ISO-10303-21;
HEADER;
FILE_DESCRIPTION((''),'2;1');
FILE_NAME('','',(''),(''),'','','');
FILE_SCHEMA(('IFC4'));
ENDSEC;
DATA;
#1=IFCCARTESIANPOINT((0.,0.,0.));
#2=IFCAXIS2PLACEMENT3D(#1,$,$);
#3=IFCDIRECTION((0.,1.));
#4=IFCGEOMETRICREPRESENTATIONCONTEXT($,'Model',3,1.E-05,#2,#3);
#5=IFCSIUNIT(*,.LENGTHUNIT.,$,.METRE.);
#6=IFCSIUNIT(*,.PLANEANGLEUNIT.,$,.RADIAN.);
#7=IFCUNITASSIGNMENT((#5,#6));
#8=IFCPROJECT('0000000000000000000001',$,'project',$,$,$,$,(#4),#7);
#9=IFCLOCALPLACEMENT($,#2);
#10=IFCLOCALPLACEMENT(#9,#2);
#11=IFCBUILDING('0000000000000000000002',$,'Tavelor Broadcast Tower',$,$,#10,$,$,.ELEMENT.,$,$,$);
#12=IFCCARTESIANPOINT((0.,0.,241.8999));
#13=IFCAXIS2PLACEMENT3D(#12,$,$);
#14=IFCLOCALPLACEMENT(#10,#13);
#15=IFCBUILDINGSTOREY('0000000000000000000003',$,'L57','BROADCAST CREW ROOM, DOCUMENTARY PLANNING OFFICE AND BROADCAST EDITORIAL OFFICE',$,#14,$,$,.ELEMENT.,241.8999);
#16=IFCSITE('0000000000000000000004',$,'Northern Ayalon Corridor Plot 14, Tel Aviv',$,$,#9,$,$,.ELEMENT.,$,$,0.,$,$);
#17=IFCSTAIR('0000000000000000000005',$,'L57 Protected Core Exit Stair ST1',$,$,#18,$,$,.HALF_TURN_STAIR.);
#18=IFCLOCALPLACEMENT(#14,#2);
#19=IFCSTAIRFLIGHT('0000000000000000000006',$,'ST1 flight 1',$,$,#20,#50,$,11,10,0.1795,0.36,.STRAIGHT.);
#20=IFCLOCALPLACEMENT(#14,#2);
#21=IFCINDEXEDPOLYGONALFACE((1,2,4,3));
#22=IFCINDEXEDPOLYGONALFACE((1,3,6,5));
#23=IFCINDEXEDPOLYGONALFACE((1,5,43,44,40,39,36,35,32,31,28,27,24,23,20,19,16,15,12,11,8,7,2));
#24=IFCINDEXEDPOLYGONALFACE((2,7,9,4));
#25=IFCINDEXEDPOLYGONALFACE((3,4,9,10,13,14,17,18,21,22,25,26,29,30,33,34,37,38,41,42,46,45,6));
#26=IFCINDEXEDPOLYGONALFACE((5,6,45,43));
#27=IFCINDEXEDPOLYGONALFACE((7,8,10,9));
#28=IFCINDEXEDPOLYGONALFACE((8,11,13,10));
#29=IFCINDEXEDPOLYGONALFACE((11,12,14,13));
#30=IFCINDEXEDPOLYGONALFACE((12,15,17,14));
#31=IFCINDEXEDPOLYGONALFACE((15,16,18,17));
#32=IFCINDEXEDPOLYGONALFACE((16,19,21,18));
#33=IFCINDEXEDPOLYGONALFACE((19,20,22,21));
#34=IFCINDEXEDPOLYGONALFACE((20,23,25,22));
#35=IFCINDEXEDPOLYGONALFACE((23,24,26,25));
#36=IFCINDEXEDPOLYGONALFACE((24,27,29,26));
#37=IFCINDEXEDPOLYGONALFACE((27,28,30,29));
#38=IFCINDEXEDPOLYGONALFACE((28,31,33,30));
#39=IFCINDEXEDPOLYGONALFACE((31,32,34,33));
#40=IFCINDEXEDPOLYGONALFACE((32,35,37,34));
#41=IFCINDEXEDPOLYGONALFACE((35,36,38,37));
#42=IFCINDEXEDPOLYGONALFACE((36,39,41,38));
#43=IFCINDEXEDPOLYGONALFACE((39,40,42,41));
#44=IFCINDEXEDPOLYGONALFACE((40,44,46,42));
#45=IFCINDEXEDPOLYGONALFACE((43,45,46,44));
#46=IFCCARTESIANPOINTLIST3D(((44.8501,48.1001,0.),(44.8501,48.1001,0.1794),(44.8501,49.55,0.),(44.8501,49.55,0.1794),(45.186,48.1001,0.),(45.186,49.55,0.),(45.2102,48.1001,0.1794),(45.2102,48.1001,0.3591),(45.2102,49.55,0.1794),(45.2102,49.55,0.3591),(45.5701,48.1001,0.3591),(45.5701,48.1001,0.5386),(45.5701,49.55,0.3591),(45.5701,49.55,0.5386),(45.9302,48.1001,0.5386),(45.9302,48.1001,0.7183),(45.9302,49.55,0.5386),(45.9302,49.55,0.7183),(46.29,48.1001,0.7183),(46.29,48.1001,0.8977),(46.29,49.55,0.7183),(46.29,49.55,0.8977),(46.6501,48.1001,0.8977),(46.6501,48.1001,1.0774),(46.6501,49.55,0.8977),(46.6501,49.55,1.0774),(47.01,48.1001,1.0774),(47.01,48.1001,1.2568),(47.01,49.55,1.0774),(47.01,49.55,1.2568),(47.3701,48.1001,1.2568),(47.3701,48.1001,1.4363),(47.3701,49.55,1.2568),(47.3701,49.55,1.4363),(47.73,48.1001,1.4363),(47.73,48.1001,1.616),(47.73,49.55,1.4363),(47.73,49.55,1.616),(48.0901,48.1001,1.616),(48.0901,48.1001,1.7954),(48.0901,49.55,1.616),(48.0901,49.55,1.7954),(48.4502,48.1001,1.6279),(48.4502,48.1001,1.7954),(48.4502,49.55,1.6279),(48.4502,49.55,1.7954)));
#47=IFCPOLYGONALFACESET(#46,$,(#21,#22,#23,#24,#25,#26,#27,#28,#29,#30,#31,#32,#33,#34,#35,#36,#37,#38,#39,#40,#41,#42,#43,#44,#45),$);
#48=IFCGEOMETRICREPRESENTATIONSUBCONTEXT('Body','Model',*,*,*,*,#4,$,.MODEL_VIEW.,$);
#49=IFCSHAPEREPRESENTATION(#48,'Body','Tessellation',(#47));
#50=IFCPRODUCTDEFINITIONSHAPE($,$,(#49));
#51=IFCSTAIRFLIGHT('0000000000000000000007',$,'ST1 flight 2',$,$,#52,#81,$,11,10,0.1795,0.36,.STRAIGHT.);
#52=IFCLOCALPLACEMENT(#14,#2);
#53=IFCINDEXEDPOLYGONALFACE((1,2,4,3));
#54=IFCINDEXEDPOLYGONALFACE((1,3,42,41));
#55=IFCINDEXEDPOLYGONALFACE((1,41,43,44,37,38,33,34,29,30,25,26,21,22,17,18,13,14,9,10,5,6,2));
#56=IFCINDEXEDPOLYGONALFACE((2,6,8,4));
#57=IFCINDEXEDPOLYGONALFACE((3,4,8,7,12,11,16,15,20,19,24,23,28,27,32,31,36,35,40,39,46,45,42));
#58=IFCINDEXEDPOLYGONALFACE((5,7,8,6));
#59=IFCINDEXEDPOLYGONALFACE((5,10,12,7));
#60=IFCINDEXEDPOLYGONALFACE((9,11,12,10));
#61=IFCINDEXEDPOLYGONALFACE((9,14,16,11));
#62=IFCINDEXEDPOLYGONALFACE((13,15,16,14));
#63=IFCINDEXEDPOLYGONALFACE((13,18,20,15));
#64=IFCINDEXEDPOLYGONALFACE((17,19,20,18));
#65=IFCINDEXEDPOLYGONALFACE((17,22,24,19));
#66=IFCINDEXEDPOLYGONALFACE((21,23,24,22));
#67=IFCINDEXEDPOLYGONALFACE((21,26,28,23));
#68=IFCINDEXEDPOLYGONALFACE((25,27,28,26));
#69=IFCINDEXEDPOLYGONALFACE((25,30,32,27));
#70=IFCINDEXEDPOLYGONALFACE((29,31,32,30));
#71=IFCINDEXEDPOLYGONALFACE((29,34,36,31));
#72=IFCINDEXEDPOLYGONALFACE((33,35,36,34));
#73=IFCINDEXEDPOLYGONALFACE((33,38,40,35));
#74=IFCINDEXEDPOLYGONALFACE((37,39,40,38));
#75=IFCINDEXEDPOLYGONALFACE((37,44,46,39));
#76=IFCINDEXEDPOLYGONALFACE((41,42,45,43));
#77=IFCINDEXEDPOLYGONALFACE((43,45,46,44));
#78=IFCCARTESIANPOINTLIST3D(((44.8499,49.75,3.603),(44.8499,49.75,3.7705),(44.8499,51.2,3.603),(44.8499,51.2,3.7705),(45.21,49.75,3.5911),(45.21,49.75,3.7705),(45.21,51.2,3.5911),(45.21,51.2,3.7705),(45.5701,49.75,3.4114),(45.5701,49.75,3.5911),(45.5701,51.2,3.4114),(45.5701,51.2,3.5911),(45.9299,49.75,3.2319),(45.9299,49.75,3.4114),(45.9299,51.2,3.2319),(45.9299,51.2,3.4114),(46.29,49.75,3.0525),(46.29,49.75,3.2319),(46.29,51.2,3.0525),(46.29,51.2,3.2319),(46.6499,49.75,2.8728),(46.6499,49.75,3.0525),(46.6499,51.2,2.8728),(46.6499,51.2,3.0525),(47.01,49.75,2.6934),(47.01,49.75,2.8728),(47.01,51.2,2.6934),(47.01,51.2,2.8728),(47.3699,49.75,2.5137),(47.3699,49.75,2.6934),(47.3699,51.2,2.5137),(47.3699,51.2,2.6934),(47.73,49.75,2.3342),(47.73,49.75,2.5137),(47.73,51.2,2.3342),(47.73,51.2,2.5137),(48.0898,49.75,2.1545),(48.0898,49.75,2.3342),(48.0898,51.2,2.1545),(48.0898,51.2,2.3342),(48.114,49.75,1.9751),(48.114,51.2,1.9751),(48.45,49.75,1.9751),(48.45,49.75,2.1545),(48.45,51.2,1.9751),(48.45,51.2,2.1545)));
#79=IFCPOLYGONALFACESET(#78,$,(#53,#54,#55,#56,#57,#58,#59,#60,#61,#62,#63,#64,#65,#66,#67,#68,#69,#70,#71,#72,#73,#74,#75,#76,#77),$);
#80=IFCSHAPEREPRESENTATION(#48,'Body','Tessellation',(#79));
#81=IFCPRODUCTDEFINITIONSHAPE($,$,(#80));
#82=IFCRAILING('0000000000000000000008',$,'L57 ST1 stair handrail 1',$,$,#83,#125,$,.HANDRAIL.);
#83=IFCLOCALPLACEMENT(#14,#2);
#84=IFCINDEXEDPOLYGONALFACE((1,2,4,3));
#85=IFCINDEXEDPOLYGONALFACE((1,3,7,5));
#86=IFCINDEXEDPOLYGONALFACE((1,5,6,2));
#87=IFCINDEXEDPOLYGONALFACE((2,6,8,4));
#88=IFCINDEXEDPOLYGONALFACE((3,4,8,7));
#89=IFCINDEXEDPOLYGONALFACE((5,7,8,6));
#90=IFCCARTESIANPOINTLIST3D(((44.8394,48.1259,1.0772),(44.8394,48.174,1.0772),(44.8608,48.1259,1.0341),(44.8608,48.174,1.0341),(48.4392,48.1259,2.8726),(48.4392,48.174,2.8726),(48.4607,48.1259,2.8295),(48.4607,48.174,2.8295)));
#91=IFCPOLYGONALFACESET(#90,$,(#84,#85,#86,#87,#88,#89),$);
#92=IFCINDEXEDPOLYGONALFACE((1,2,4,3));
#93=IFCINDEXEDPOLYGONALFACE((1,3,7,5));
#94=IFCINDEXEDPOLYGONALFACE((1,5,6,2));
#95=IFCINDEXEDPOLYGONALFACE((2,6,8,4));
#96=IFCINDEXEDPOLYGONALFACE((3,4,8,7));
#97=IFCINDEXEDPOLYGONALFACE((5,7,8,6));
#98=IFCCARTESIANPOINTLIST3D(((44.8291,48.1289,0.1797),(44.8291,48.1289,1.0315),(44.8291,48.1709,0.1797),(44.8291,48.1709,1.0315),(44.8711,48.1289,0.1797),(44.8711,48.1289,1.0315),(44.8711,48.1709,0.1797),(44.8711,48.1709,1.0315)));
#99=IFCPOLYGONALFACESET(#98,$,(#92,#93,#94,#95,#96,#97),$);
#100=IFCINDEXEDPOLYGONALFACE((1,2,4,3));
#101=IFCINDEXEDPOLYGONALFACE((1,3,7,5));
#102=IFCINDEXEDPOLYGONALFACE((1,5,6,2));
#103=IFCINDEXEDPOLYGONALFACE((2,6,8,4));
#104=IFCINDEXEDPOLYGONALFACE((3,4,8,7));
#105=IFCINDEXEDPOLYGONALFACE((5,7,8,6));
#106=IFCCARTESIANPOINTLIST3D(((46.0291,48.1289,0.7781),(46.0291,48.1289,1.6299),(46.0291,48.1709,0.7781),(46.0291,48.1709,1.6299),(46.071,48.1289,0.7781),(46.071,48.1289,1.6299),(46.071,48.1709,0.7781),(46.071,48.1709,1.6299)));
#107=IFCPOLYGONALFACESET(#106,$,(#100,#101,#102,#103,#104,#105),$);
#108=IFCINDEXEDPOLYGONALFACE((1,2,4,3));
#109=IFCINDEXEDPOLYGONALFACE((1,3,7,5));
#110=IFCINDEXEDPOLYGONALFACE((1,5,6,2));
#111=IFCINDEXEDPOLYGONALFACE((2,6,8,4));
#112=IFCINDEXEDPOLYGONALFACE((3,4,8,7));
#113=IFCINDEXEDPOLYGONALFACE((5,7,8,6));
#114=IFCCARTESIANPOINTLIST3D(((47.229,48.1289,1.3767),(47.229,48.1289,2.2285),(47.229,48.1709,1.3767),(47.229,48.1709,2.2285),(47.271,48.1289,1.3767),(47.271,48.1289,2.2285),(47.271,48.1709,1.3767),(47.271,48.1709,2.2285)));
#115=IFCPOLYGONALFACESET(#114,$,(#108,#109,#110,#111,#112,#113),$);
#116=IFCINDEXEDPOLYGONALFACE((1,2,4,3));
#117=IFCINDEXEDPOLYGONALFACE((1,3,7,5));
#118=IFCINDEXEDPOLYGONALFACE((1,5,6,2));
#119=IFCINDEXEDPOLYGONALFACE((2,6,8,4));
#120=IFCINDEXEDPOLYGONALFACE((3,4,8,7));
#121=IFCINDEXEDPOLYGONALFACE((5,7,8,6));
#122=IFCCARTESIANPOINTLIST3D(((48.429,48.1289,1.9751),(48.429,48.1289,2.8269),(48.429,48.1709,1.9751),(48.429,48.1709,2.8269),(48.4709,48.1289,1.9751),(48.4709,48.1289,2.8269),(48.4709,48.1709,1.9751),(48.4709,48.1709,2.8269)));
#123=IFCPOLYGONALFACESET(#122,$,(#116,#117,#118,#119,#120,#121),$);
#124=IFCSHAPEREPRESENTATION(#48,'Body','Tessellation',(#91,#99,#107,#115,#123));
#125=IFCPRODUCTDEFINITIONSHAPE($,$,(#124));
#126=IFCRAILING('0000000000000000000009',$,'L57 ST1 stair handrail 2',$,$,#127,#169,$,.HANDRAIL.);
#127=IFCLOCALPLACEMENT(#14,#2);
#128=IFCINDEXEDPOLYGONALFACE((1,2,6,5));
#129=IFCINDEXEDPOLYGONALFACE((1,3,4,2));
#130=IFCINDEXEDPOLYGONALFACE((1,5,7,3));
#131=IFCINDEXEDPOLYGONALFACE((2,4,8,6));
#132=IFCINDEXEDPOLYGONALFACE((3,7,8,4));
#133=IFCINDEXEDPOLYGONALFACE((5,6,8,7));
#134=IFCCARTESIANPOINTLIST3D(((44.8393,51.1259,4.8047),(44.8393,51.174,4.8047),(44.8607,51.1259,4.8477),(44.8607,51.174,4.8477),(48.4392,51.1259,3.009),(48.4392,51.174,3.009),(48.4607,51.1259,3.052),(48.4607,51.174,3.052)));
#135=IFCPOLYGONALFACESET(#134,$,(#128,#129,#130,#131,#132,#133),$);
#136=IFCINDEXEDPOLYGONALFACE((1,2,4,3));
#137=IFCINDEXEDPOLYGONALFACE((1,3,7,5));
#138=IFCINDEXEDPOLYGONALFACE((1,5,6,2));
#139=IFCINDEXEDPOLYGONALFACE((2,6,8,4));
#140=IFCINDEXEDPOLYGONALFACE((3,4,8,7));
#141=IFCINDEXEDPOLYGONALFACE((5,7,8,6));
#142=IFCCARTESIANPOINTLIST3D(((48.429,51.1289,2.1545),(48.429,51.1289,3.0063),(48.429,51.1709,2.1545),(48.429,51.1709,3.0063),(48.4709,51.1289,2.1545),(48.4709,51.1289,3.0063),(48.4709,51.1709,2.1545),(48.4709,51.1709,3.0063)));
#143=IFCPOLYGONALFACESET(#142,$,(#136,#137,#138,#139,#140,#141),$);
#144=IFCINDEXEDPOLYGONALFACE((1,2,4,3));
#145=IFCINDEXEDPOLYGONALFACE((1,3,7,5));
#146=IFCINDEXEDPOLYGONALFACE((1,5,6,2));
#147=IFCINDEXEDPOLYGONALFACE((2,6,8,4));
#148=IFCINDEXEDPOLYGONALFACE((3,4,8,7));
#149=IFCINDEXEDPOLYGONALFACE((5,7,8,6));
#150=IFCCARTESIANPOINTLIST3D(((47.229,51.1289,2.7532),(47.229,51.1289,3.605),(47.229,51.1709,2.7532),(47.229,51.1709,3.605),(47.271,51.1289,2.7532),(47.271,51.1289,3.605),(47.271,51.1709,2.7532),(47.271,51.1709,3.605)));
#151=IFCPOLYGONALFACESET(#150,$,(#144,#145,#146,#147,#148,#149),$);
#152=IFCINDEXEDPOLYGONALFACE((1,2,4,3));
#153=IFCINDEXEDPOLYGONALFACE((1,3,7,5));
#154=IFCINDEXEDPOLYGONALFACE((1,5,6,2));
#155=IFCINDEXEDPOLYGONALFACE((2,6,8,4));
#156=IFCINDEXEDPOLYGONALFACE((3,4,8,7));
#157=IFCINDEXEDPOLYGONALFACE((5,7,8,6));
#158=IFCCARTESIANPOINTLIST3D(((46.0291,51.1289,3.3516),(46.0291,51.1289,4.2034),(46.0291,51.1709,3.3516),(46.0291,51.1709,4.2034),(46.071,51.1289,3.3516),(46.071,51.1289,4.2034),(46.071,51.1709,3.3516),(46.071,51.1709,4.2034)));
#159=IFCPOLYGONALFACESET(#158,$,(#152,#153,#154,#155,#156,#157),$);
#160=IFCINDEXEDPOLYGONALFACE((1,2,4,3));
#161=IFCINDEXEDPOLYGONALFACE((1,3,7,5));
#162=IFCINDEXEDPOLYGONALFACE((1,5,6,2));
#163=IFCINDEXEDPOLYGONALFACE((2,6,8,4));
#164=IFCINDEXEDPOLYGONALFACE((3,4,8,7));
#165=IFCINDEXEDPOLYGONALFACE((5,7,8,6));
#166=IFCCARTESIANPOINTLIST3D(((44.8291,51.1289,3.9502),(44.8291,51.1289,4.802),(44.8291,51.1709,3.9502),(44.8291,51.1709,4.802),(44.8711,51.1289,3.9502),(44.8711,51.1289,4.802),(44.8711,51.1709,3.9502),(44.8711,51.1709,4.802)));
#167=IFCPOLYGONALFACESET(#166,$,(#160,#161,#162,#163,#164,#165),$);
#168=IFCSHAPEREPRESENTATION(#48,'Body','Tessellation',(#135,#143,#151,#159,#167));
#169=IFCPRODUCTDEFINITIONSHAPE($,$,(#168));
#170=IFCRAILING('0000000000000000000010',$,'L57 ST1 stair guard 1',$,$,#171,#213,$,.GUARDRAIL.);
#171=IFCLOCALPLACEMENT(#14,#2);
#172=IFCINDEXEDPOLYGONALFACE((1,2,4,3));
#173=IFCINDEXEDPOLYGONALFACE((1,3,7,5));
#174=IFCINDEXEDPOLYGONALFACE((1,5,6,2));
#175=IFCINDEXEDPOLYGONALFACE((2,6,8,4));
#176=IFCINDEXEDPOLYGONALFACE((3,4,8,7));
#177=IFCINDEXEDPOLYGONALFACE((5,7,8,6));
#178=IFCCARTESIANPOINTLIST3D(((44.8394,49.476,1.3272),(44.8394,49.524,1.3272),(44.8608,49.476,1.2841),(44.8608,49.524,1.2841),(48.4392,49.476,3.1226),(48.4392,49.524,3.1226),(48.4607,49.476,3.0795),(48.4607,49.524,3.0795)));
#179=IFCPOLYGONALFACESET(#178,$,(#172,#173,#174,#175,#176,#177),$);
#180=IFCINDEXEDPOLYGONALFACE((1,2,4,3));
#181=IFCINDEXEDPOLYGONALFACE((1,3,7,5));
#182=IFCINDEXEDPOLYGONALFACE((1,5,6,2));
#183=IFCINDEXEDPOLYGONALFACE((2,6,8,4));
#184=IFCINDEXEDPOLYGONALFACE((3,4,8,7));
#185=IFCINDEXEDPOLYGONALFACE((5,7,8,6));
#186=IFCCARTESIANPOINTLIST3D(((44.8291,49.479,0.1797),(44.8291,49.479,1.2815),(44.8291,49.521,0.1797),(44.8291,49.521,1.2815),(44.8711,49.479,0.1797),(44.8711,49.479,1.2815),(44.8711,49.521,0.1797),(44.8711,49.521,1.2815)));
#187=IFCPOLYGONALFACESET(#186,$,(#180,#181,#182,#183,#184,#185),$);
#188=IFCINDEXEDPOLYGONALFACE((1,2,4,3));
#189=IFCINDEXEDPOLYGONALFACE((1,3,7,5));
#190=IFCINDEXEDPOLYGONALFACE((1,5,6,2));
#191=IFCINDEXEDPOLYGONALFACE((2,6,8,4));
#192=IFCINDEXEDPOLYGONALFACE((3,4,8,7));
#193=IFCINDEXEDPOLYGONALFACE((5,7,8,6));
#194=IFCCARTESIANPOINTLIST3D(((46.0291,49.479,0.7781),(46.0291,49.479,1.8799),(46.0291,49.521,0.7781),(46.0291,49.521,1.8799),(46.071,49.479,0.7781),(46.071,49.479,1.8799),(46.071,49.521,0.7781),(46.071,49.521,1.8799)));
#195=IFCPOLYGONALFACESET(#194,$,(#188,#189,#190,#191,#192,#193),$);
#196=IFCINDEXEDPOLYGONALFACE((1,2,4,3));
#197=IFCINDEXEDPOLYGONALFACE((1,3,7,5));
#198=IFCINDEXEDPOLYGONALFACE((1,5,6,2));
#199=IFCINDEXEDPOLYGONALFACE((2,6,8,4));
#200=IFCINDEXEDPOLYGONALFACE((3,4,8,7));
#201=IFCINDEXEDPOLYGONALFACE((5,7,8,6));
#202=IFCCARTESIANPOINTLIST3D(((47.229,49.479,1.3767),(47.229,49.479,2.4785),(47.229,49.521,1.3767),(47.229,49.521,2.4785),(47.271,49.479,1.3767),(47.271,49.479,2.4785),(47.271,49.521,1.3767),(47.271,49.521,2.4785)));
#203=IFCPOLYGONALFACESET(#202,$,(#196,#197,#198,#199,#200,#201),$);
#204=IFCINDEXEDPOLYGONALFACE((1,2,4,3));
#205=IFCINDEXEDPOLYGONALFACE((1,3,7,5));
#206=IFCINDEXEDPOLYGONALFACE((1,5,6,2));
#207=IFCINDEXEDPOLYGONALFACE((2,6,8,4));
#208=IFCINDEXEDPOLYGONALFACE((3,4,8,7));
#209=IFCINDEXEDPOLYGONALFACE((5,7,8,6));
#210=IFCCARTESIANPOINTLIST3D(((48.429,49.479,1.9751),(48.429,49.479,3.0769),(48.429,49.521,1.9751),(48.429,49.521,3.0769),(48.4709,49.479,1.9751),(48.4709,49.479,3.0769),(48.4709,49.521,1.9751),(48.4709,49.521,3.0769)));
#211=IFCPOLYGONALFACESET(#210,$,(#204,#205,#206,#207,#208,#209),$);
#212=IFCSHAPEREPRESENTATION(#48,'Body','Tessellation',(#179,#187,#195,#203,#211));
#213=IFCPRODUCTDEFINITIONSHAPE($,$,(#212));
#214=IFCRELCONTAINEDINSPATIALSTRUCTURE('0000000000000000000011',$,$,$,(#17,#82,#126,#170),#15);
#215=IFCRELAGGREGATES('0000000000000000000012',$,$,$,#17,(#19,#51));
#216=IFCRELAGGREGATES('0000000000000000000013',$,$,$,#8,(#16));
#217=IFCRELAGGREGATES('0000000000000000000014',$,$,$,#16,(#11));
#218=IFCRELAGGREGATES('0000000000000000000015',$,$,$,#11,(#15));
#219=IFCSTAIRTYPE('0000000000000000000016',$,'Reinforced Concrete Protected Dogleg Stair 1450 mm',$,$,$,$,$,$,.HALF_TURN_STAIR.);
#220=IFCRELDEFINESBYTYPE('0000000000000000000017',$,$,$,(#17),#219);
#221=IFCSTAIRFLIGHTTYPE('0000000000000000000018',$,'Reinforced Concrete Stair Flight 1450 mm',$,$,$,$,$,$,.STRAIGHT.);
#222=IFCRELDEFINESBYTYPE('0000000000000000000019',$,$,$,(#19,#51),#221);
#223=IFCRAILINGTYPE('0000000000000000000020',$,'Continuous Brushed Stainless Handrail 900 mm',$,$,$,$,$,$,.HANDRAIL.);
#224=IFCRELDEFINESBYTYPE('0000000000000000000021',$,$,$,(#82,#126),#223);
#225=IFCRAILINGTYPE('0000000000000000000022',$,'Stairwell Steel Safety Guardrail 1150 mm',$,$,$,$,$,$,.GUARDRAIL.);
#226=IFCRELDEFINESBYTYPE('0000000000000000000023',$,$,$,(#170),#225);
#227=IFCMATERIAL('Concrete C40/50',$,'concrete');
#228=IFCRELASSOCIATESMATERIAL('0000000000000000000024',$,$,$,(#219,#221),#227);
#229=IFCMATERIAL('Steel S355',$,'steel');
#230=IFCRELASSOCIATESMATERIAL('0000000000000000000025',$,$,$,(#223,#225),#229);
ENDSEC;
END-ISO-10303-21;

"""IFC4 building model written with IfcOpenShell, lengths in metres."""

from ifc_helpers import new_model, si_unit, direction, frame, origin, origin_2d, place, context, subcontext, project, spatial, polyline, rectangle, outline, extrude, material, type_object, element, aggregate, save


model = new_model("IFC4")

# Units and contexts
model_context = context("Model", 3, precision=1e-05, world=origin(), true_north=direction((0.0, 1.0)))
body_context = subcontext(model_context, "Body", "Model", "MODEL_VIEW")
ifc_project = project(units=[si_unit("LENGTHUNIT", "METRE"), si_unit("PLANEANGLEUNIT", "RADIAN")], contexts=[model_context])

# Site, building, storey
site_placement = place(None, origin())
site = spatial("IfcSite", under=ifc_project, at=site_placement, Name="Northern Ayalon Corridor Plot 14, Tel Aviv", CompositionType="ELEMENT", RefElevation=0.0)
building_placement = place(site_placement, origin())
building = spatial("IfcBuilding", under=site, at=building_placement, Name="Tavelor Broadcast Tower", CompositionType="ELEMENT")
storey_placement = place(building_placement, frame((0.0, 0.0, 241.8999)))
storey = spatial("IfcBuildingStorey", under=building, at=storey_placement, Name="L57", Description="BROADCAST CREW ROOM, DOCUMENTARY PLANNING OFFICE AND BROADCAST EDITORIAL OFFICE", CompositionType="ELEMENT", Elevation=241.8999)

# Shared definitions
ifc_material_1 = material(Name="Steel S355", Category="steel")

# Shared definitions
ifc_material_2 = material(Name="Concrete C40/50", Category="concrete")

# Stair, stair flights
stair_type = type_object("IfcStairType", Name="Reinforced Concrete Protected Dogleg Stair 1450 mm", PredefinedType="HALF_TURN_STAIR", material=ifc_material_2)
stair_placement = place(storey_placement, origin())
stair = element("IfcStair", 1, at=stair_placement, inside=storey, type_object=stair_type, Name="L57 Protected Core Exit Stair ST1", PredefinedType="HALF_TURN_STAIR")
stair_flight_type = type_object("IfcStairFlightType", Name="Reinforced Concrete Stair Flight 1450 mm", PredefinedType="STRAIGHT", material=ifc_material_2)
stair_flight_1_placement = place(storey_placement, frame((44.8501, 48.825, 0.0), z_axis=(0.0, 0.0, 1.0), x_axis=(1.0, 0.0, 0.0)))
stair_flight_1 = element("IfcStairFlight", 2, at=stair_flight_1_placement, type_object=stair_flight_type, Name="ST1 flight 1", NumberOfRisers=11, NumberOfTreads=10, PredefinedType="STRAIGHT", RiserHeight=0.1795, TreadLength=0.36, context=body_context, shape_type="SweptSolid", body=[
    extrude(outline(polyline([(0.0, 0.0), (0.0, 0.1794), (0.3601, 0.1794), (0.3601, 0.3591), (0.72, 0.3591), (0.72, 0.5386), (1.0801, 0.5386), (1.0801, 0.7183), (1.4399, 0.7183), (1.4399, 0.8977), (1.8, 0.8977), (1.8, 1.0774), (2.1599, 1.0774), (2.1599, 1.2568), (2.52, 1.2568), (2.52, 1.4363), (2.8799, 1.4363), (2.8799, 1.616), (3.24, 1.616), (3.24, 1.7954), (3.6001, 1.7954), (3.6001, 1.9751), (3.6001, 1.6279), (0.3359, 0.0), (0.0, 0.0)])), frame((0.0, 0.7251, 0.0), z_axis=(0.0, -1.0, 0.0), x_axis=(1.0, 0.0, 0.0)), (0.0, 0.0, 1.0), 1.45),
])
stair_flight_2_placement = place(storey_placement, frame((48.45, 50.4751, 1.9751), z_axis=(0.0, 0.0, 1.0), x_axis=(-1.0, 0.0, 0.0)))
stair_flight_2 = element("IfcStairFlight", 3, at=stair_flight_2_placement, type_object=stair_flight_type, Name="ST1 flight 2", NumberOfRisers=11, NumberOfTreads=10, PredefinedType="STRAIGHT", RiserHeight=0.1795, TreadLength=0.36, context=body_context, shape_type="SweptSolid", body=[
    extrude(outline(polyline([(0.0, 0.0), (0.0, 0.1794), (0.3601, 0.1794), (0.3601, 0.3591), (0.72, 0.3591), (0.72, 0.5386), (1.0801, 0.5386), (1.0801, 0.7183), (1.4399, 0.7183), (1.4399, 0.8977), (1.8, 0.8977), (1.8, 1.0774), (2.1599, 1.0774), (2.1599, 1.2568), (2.52, 1.2568), (2.52, 1.4363), (2.8799, 1.4363), (2.8799, 1.616), (3.24, 1.616), (3.24, 1.7954), (3.6001, 1.7954), (3.6001, 1.9751), (3.6001, 1.6279), (0.3359, 0.0), (0.0, 0.0)])), frame((0.0, 0.7251, 0.0), z_axis=(0.0, -1.0, 0.0), x_axis=(1.0, 0.0, 0.0)), (0.0, 0.0, 1.0), 1.45),
])
aggregate(stair, [stair_flight_1, stair_flight_2])

# Railings
railing_type_1 = type_object("IfcRailingType", Name="Continuous Brushed Stainless Handrail 900 mm", PredefinedType="HANDRAIL", material=ifc_material_1)
railing_1_placement = place(storey_placement, frame((44.8501, 48.1499, 0.1797)))
element("IfcRailing", 4, at=railing_1_placement, inside=storey, type_object=railing_type_1, Name="L57 ST1 stair handrail 1", PredefinedType="HANDRAIL", context=body_context, shape_type="SweptSolid", body=[
    extrude(rectangle(XDim=0.0481, YDim=0.0481, at=origin_2d()), frame((0.0, 0.0, 0.876), z_axis=(0.894876, 0.0, 0.446315), x_axis=(0.0, 1.0, 0.0)), (0.0, 0.0, 1.0), 4.0227),
    extrude(rectangle(XDim=0.042, YDim=0.042, at=origin_2d()), origin(), (0.0, 0.0, 1.0), 0.8518),
    extrude(rectangle(XDim=0.042, YDim=0.042, at=origin_2d()), frame((1.2, 0.0, 0.5984)), (0.0, 0.0, 1.0), 0.8518),
    extrude(rectangle(XDim=0.042, YDim=0.042, at=origin_2d()), frame((2.3999, 0.0, 1.197)), (0.0, 0.0, 1.0), 0.8518),
    extrude(rectangle(XDim=0.042, YDim=0.042, at=origin_2d()), frame((3.5999, 0.0, 1.7954)), (0.0, 0.0, 1.0), 0.8518),
])
railing_2_placement = place(storey_placement, frame((48.45, 51.1499, 2.1545)))
element("IfcRailing", 5, at=railing_2_placement, inside=storey, type_object=railing_type_1, Name="L57 ST1 stair handrail 2", PredefinedType="HANDRAIL", context=body_context, shape_type="SweptSolid", body=[
    extrude(rectangle(XDim=0.0481, YDim=0.0481, at=origin_2d()), frame((0.0, 0.0, 0.876), z_axis=(-0.894852, 0.0, 0.446364), x_axis=(0.0, -1.0, 0.0)), (0.0, 0.0, 1.0), 4.0229),
    extrude(rectangle(XDim=0.042, YDim=0.042, at=origin_2d()), origin(), (0.0, 0.0, 1.0), 0.8518),
    extrude(rectangle(XDim=0.042, YDim=0.042, at=origin_2d()), frame((-1.2, 0.0, 0.5986)), (0.0, 0.0, 1.0), 0.8518),
    extrude(rectangle(XDim=0.042, YDim=0.042, at=origin_2d()), frame((-2.3999, 0.0, 1.197)), (0.0, 0.0, 1.0), 0.8518),
    extrude(rectangle(XDim=0.042, YDim=0.042, at=origin_2d()), frame((-3.5999, 0.0, 1.7957)), (0.0, 0.0, 1.0), 0.8518),
])
railing_type_2 = type_object("IfcRailingType", Name="Stairwell Steel Safety Guardrail 1150 mm", PredefinedType="GUARDRAIL", material=ifc_material_1)
railing_3_placement = place(storey_placement, frame((44.8501, 49.5, 0.1797)))
element("IfcRailing", 6, at=railing_3_placement, inside=storey, type_object=railing_type_2, Name="L57 ST1 stair guard 1", PredefinedType="GUARDRAIL", context=body_context, shape_type="SweptSolid", body=[
    extrude(rectangle(XDim=0.0481, YDim=0.0481, at=origin_2d()), frame((0.0, 0.0, 1.126), z_axis=(0.894876, 0.0, 0.446315), x_axis=(0.0, 1.0, 0.0)), (0.0, 0.0, 1.0), 4.0227),
    extrude(rectangle(XDim=0.042, YDim=0.042, at=origin_2d()), origin(), (0.0, 0.0, 1.0), 1.1018),
    extrude(rectangle(XDim=0.042, YDim=0.042, at=origin_2d()), frame((1.2, 0.0, 0.5984)), (0.0, 0.0, 1.0), 1.1018),
    extrude(rectangle(XDim=0.042, YDim=0.042, at=origin_2d()), frame((2.3999, 0.0, 1.197)), (0.0, 0.0, 1.0), 1.1018),
    extrude(rectangle(XDim=0.042, YDim=0.042, at=origin_2d()), frame((3.5999, 0.0, 1.7954)), (0.0, 0.0, 1.0), 1.1018),
])

save(model, "model.ifc")
